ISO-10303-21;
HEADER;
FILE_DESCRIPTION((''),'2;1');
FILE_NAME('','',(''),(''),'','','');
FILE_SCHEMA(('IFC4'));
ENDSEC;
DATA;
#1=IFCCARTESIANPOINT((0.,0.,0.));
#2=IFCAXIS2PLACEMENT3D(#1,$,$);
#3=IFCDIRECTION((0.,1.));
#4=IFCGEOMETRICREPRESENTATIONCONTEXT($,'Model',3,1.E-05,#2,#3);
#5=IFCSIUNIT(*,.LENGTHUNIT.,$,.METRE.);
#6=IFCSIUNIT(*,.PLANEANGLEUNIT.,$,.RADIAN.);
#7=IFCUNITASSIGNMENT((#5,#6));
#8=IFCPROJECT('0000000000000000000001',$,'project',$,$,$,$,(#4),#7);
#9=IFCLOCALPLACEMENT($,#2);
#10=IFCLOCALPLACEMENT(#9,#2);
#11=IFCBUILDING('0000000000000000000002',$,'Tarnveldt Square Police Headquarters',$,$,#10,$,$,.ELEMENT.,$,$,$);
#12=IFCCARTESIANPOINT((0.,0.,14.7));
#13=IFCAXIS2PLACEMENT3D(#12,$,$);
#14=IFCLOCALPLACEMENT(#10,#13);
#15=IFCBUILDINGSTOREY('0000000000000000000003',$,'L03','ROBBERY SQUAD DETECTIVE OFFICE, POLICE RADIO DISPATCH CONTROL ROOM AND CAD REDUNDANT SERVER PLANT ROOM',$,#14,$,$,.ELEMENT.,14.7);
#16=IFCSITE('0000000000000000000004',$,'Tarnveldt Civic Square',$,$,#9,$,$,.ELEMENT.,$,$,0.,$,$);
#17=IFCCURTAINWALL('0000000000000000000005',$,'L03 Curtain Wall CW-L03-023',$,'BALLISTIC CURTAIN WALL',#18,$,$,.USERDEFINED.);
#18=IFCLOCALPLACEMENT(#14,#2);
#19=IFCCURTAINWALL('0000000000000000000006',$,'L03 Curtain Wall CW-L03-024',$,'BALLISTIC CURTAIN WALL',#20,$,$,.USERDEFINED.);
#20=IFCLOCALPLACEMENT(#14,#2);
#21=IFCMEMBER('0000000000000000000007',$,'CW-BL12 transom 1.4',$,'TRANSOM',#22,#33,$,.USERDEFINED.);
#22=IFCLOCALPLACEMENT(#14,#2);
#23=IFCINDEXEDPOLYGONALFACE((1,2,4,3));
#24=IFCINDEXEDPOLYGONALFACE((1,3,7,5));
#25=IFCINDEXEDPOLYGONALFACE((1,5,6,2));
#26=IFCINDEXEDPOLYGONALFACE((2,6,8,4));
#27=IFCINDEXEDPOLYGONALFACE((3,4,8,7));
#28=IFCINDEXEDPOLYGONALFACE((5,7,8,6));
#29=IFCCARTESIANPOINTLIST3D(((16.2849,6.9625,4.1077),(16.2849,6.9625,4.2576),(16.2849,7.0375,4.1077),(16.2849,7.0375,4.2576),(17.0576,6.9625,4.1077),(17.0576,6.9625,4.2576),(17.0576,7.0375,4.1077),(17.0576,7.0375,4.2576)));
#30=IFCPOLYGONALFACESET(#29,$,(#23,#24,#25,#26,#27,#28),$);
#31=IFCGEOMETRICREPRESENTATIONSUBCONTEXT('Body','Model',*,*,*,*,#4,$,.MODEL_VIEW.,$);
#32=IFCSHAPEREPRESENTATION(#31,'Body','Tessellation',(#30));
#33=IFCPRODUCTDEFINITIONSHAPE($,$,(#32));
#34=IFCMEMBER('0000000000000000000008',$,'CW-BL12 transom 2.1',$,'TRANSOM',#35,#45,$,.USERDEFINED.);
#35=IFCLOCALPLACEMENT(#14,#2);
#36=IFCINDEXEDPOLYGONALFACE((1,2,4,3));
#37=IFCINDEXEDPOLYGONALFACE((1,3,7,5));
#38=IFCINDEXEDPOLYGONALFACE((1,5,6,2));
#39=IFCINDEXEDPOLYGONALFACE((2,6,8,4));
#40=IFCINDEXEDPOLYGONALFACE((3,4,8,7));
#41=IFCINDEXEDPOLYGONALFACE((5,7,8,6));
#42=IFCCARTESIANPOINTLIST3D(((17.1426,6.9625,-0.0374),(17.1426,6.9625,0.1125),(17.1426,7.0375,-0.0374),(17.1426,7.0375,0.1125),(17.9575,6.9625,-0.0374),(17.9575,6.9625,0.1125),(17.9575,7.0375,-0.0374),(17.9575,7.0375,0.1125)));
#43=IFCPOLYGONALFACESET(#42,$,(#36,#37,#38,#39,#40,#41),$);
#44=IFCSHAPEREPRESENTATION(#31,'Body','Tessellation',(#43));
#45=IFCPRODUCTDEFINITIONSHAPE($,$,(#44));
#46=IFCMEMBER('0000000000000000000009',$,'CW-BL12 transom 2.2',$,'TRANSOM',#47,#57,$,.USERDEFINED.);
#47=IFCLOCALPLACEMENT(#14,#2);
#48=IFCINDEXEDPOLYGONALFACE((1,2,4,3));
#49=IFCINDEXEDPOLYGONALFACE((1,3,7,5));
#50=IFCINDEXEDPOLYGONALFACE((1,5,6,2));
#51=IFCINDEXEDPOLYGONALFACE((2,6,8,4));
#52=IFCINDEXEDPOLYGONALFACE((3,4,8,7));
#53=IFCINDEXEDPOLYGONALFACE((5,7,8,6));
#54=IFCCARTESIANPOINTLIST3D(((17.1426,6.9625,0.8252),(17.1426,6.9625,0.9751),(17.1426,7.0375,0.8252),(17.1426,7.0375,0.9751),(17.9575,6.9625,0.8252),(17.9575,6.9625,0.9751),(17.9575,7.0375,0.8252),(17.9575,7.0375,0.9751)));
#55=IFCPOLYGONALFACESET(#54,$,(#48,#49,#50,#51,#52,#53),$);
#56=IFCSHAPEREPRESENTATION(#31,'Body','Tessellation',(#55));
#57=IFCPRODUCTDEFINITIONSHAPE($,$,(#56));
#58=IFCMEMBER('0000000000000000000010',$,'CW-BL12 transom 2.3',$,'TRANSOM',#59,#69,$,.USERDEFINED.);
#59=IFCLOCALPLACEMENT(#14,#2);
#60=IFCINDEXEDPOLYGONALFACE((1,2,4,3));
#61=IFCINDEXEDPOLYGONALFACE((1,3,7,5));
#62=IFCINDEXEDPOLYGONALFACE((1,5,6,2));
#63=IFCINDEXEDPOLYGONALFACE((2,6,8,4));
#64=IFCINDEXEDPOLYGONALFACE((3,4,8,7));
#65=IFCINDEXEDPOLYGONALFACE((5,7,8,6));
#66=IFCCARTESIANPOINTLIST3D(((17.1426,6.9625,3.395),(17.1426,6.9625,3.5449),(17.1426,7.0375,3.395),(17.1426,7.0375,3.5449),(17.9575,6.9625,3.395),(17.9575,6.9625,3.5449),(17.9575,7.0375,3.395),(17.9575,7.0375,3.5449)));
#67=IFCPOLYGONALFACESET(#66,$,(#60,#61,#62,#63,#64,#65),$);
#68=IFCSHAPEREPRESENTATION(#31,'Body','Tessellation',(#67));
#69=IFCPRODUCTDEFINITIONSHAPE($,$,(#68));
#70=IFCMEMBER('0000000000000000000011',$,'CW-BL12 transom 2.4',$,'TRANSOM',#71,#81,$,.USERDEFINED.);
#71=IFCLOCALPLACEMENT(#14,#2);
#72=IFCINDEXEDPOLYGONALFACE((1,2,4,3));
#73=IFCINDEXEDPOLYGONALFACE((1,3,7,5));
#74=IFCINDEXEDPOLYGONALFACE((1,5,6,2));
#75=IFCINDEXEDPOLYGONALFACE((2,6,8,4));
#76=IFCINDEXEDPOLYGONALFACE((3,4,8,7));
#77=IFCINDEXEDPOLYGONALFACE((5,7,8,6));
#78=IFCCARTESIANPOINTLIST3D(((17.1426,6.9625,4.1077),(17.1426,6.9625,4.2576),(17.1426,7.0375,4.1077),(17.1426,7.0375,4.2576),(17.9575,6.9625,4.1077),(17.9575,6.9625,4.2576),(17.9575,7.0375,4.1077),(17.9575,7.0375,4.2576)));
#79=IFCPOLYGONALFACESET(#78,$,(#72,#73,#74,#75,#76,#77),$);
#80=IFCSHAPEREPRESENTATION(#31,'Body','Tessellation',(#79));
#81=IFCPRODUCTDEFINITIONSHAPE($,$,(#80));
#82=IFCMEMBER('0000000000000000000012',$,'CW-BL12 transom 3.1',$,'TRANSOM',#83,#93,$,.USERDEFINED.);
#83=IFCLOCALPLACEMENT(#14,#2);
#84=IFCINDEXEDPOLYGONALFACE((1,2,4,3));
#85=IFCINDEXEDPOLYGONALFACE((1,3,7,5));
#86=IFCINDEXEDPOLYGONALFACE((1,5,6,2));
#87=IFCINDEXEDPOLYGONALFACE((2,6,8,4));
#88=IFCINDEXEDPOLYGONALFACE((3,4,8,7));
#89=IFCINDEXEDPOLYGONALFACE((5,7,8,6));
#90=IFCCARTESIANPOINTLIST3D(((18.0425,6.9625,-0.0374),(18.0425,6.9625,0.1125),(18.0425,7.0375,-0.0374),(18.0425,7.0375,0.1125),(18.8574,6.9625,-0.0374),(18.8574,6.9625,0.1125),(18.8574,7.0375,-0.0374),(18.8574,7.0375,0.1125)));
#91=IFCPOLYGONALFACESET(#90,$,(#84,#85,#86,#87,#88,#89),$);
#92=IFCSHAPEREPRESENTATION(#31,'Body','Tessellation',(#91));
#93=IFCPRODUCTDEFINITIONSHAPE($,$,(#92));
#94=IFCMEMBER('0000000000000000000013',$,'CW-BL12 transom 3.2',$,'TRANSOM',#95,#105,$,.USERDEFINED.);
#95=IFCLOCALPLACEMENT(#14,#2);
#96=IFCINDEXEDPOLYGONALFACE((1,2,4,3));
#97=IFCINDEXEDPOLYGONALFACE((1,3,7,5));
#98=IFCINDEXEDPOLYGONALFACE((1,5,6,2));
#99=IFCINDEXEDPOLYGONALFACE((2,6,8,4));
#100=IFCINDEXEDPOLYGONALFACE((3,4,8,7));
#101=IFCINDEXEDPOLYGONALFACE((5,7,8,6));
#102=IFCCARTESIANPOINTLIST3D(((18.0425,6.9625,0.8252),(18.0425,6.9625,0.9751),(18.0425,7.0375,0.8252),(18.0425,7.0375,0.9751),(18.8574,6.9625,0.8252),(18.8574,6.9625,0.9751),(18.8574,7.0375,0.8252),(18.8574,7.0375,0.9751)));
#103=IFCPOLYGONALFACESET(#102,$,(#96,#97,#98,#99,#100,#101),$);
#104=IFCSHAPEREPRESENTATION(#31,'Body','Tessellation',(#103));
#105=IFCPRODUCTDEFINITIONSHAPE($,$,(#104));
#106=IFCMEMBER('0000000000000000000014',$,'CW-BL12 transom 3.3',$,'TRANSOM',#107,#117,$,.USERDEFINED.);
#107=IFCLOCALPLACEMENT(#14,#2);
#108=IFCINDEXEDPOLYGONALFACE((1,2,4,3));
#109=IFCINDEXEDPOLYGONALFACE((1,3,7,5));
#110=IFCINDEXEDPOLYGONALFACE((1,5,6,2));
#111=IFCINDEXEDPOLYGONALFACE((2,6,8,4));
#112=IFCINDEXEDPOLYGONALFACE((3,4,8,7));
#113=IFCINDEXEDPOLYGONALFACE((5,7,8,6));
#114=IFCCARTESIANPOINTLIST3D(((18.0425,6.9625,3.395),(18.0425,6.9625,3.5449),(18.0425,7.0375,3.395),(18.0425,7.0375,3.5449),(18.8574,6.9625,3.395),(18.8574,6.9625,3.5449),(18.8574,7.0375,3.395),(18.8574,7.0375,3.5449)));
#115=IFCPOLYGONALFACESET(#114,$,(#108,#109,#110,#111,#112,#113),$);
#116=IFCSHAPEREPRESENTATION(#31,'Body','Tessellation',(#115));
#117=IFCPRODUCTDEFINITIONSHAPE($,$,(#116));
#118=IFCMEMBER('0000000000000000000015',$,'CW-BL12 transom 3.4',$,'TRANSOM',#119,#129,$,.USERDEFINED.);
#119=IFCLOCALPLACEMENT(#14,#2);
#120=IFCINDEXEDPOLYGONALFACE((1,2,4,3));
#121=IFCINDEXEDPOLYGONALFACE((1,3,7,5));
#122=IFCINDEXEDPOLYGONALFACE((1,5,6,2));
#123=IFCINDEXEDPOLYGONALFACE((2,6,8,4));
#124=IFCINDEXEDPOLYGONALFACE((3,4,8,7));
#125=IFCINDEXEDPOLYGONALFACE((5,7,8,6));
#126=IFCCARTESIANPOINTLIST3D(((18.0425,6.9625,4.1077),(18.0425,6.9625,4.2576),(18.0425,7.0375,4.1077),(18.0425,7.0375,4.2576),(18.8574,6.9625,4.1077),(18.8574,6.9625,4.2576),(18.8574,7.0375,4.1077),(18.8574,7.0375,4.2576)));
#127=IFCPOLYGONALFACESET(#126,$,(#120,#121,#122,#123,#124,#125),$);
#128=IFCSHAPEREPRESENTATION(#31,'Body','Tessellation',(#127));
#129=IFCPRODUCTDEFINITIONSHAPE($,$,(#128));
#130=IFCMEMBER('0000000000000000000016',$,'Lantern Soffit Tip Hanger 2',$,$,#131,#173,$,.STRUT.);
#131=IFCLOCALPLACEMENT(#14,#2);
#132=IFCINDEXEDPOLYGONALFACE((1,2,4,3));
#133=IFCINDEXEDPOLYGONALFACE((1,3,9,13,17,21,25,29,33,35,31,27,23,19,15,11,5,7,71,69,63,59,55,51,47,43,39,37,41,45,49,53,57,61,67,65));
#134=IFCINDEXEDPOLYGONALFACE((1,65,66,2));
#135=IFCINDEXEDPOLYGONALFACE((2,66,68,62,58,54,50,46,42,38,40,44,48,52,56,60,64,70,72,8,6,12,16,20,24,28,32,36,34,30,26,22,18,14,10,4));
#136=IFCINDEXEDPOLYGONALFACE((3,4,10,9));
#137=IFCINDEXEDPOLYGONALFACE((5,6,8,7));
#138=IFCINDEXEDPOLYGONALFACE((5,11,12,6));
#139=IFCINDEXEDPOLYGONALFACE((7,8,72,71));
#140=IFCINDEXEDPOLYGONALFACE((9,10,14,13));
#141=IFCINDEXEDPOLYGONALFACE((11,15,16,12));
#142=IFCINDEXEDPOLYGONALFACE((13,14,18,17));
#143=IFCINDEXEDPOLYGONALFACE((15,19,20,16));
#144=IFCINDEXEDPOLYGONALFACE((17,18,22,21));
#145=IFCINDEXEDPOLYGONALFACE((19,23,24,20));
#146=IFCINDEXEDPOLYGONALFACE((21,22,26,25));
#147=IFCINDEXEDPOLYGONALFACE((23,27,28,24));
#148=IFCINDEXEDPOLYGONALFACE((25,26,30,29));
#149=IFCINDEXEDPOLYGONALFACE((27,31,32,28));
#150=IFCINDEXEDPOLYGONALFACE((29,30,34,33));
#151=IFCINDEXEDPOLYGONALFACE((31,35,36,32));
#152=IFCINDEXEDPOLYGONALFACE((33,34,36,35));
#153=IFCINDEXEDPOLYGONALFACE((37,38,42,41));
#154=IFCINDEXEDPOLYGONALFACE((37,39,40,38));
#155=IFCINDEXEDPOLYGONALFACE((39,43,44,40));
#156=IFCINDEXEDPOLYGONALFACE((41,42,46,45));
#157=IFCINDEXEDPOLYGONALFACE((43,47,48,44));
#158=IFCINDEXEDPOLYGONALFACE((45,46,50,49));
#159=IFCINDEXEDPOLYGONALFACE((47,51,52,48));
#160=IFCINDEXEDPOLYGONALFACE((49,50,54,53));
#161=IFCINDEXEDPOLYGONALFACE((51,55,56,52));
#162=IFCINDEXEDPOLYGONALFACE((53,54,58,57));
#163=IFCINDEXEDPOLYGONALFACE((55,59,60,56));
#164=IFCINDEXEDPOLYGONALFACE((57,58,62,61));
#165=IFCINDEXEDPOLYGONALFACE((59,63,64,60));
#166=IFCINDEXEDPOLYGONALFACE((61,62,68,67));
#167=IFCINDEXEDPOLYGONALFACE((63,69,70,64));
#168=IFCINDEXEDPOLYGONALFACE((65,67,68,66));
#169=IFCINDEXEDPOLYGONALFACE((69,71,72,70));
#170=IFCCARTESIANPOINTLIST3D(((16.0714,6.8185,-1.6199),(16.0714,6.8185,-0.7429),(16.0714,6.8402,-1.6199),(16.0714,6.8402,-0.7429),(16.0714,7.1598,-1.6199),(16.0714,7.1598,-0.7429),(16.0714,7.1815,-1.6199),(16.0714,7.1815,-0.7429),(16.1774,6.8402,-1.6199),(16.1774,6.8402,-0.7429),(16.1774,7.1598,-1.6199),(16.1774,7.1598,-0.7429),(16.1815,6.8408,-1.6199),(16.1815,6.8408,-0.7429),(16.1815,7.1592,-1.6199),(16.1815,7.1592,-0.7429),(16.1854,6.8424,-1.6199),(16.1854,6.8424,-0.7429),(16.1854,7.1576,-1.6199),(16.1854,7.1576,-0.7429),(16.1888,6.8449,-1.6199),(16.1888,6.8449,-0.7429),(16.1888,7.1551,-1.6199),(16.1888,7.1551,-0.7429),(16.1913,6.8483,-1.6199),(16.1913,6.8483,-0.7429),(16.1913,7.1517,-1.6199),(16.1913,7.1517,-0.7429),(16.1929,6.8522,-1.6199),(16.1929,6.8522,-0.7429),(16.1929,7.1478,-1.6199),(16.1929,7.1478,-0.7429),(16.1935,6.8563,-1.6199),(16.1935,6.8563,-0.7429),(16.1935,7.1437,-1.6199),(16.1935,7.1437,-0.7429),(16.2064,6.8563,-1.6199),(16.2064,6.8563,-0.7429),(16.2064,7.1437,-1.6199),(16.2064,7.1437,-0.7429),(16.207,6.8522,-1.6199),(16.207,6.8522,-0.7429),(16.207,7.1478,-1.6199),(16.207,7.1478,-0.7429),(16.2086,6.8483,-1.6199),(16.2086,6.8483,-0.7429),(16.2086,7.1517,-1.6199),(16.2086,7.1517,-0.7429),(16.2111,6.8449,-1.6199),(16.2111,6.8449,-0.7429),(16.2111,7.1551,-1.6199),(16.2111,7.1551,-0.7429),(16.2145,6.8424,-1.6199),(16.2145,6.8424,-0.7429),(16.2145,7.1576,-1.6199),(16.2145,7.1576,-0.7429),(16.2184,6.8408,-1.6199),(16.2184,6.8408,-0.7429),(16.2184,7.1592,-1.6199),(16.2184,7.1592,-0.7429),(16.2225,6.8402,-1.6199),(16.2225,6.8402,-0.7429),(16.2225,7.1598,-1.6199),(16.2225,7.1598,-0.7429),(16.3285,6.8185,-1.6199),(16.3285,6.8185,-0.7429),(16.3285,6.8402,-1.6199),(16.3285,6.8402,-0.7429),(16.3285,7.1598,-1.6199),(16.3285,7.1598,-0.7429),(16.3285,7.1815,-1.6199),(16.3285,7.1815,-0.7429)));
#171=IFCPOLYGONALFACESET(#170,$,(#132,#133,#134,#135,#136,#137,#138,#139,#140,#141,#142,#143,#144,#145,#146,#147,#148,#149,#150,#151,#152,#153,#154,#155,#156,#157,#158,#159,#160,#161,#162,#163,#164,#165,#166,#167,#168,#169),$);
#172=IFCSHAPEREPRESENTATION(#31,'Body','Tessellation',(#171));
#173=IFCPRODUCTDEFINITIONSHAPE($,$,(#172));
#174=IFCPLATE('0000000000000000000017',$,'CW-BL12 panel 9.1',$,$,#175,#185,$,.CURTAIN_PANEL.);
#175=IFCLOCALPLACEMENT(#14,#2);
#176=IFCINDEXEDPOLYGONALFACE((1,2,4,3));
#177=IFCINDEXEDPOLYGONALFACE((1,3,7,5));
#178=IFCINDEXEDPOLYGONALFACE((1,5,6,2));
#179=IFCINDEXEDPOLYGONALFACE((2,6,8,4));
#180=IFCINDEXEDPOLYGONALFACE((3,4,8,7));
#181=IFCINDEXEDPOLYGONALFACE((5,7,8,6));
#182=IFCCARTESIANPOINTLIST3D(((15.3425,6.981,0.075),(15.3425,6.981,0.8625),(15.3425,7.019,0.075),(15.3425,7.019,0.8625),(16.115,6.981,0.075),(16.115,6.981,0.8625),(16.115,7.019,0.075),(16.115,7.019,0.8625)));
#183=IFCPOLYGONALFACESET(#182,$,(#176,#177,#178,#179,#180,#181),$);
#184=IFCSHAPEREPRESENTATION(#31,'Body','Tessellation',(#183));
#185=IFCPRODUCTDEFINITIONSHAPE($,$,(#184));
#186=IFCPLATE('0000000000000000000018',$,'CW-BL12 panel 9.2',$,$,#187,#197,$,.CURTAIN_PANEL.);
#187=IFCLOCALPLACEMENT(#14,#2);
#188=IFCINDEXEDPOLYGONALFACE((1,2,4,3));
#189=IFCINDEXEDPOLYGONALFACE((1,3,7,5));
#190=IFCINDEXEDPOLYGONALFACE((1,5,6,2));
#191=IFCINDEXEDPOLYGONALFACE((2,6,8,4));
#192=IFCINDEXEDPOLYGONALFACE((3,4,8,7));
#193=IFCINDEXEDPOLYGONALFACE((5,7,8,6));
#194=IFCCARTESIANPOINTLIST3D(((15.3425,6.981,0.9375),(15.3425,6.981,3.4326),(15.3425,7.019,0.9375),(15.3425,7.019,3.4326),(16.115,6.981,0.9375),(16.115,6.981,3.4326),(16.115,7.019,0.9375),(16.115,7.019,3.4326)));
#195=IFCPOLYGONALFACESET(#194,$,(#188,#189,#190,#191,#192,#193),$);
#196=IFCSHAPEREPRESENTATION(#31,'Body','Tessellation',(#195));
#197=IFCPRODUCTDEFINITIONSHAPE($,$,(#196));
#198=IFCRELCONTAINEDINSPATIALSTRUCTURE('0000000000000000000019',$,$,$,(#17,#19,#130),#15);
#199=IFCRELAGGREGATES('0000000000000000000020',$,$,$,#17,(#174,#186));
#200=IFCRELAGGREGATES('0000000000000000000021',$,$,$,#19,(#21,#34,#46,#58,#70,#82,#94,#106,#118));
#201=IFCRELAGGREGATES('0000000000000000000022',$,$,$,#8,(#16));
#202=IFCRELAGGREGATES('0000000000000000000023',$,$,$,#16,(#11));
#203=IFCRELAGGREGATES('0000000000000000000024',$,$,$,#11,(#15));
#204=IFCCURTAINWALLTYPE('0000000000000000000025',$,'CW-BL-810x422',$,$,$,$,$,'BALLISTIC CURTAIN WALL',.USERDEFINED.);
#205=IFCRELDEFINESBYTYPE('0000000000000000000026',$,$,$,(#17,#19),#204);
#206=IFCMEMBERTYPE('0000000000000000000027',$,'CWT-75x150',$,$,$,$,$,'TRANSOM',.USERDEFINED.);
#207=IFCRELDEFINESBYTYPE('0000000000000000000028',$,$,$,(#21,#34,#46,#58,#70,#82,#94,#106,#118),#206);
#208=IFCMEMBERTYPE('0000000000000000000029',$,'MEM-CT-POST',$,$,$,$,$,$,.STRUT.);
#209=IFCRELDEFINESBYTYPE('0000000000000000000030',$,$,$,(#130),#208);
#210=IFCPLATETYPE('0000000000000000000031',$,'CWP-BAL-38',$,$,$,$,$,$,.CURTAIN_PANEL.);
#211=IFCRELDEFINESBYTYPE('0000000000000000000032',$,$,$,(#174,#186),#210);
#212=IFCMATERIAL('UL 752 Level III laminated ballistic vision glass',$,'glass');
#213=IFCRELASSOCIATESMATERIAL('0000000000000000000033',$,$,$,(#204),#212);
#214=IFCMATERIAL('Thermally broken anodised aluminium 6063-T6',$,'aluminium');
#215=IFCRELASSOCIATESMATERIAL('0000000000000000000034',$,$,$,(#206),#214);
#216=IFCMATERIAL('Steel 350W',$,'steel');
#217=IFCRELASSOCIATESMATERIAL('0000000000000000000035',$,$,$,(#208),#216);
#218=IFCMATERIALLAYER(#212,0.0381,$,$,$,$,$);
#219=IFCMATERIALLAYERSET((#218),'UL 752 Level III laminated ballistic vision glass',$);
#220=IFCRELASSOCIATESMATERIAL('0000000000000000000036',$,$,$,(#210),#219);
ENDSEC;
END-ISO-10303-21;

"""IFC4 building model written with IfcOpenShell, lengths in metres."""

from ifc_helpers import new_model, si_unit, direction, frame, origin, origin_2d, place, context, subcontext, project, spatial, rectangle, i_section, extrude, material, layer, layer_set, material_profile, profile_set, type_object, element, aggregate, save


model = new_model("IFC4")

# Units and contexts
model_context = context("Model", 3, precision=1e-05, world=origin(), true_north=direction((0.0, 1.0)))
body_context = subcontext(model_context, "Body", "Model", "MODEL_VIEW")
ifc_project = project(units=[si_unit("LENGTHUNIT", "METRE"), si_unit("PLANEANGLEUNIT", "RADIAN")], contexts=[model_context])

# Site, building, storey
site_placement = place(None, origin())
site = spatial("IfcSite", under=ifc_project, at=site_placement, Name="Tarnveldt Civic Square", CompositionType="ELEMENT", RefElevation=0.0)
building_placement = place(site_placement, origin())
building = spatial("IfcBuilding", under=site, at=building_placement, Name="Tarnveldt Square Police Headquarters", CompositionType="ELEMENT")
storey_placement = place(building_placement, frame((0.0, 0.0, 14.7)))
storey = spatial("IfcBuildingStorey", under=building, at=storey_placement, Name="L03", Description="ROBBERY SQUAD DETECTIVE OFFICE, POLICE RADIO DISPATCH CONTROL ROOM AND CAD REDUNDANT SERVER PLANT ROOM", CompositionType="ELEMENT", Elevation=14.7)

# Shared definitions
ifc_material_1 = material(Name="Steel 350W", Category="steel")

# Curtain wall
ifc_material_2 = material(Name="UL 752 Level III laminated ballistic vision glass", Category="glass")
curtain_wall_type = type_object("IfcCurtainWallType", Name="CW-BL-810x422", ElementType="BALLISTIC CURTAIN WALL", PredefinedType="USERDEFINED", material=ifc_material_2)
curtain_wall_1_placement = place(storey_placement, origin())
curtain_wall_1 = element("IfcCurtainWall", 1, at=curtain_wall_1_placement, inside=storey, type_object=curtain_wall_type, Name="L03 Curtain Wall CW-L03-023", ObjectType="BALLISTIC CURTAIN WALL", PredefinedType="USERDEFINED")
ifc_material_3 = material(Name="Thermally broken anodised aluminium 6063-T6", Category="aluminium")

# Curtain wall, members
curtain_wall_2_placement = place(storey_placement, origin())
curtain_wall_2 = element("IfcCurtainWall", 2, at=curtain_wall_2_placement, inside=storey, type_object=curtain_wall_type, Name="L03 Curtain Wall CW-L03-024", ObjectType="BALLISTIC CURTAIN WALL", PredefinedType="USERDEFINED")
ifc_material_profile_1 = material_profile(ifc_material_3, rectangle(XDim=0.075, YDim=0.1499, at=origin_2d()), Name="CW-T75x150")
ifc_profile_set_1 = profile_set([ifc_material_profile_1], Name="Thermally broken anodised aluminium 6063-T6")
member_type_1 = type_object("IfcMemberType", Name="CWT-75x150", ElementType="TRANSOM", PredefinedType="USERDEFINED", material=ifc_profile_set_1)
member_1_placement = place(storey_placement, frame((16.2849, 7.0, 4.1826), z_axis=(1.0, 0.0, 0.0), x_axis=(0.0, 1.0, 0.0)))
member_1 = element("IfcMember", 3, at=member_1_placement, type_object=member_type_1, Name="CW-BL12 transom 1.4", ObjectType="TRANSOM", PredefinedType="USERDEFINED", context=body_context, shape_type="SweptSolid", body=[
    extrude(rectangle(XDim=0.075, YDim=0.1499, at=origin_2d()), origin(), (0.0, 0.0, 1.0), 0.7727),
])
member_2_placement = place(storey_placement, frame((17.1426, 7.0, 0.0376), z_axis=(1.0, 0.0, 0.0), x_axis=(0.0, 1.0, 0.0)))
member_2 = element("IfcMember", 4, at=member_2_placement, type_object=member_type_1, Name="CW-BL12 transom 2.1", ObjectType="TRANSOM", PredefinedType="USERDEFINED", context=body_context, shape_type="SweptSolid", body=[
    extrude(rectangle(XDim=0.075, YDim=0.1499, at=origin_2d()), origin(), (0.0, 0.0, 1.0), 0.8149),
])
member_3_placement = place(storey_placement, frame((17.1426, 7.0, 0.9001), z_axis=(1.0, 0.0, 0.0), x_axis=(0.0, 1.0, 0.0)))
member_3 = element("IfcMember", 5, at=member_3_placement, type_object=member_type_1, Name="CW-BL12 transom 2.2", ObjectType="TRANSOM", PredefinedType="USERDEFINED", context=body_context, shape_type="SweptSolid", body=[
    extrude(rectangle(XDim=0.075, YDim=0.1499, at=origin_2d()), origin(), (0.0, 0.0, 1.0), 0.8149),
])
member_4_placement = place(storey_placement, frame((17.1426, 7.0, 3.47), z_axis=(1.0, 0.0, 0.0), x_axis=(0.0, 1.0, 0.0)))
member_4 = element("IfcMember", 6, at=member_4_placement, type_object=member_type_1, Name="CW-BL12 transom 2.3", ObjectType="TRANSOM", PredefinedType="USERDEFINED", context=body_context, shape_type="SweptSolid", body=[
    extrude(rectangle(XDim=0.075, YDim=0.1499, at=origin_2d()), origin(), (0.0, 0.0, 1.0), 0.8149),
])
member_5_placement = place(storey_placement, frame((17.1426, 7.0, 4.1826), z_axis=(1.0, 0.0, 0.0), x_axis=(0.0, 1.0, 0.0)))
member_5 = element("IfcMember", 7, at=member_5_placement, type_object=member_type_1, Name="CW-BL12 transom 2.4", ObjectType="TRANSOM", PredefinedType="USERDEFINED", context=body_context, shape_type="SweptSolid", body=[
    extrude(rectangle(XDim=0.075, YDim=0.1499, at=origin_2d()), origin(), (0.0, 0.0, 1.0), 0.8149),
])
member_6_placement = place(storey_placement, frame((18.0425, 7.0, 0.0376), z_axis=(1.0, 0.0, 0.0), x_axis=(0.0, 1.0, 0.0)))
member_6 = element("IfcMember", 8, at=member_6_placement, type_object=member_type_1, Name="CW-BL12 transom 3.1", ObjectType="TRANSOM", PredefinedType="USERDEFINED", context=body_context, shape_type="SweptSolid", body=[
    extrude(rectangle(XDim=0.075, YDim=0.1499, at=origin_2d()), origin(), (0.0, 0.0, 1.0), 0.8149),
])
member_7_placement = place(storey_placement, frame((18.0425, 7.0, 0.9001), z_axis=(1.0, 0.0, 0.0), x_axis=(0.0, 1.0, 0.0)))
member_7 = element("IfcMember", 9, at=member_7_placement, type_object=member_type_1, Name="CW-BL12 transom 3.2", ObjectType="TRANSOM", PredefinedType="USERDEFINED", context=body_context, shape_type="SweptSolid", body=[
    extrude(rectangle(XDim=0.075, YDim=0.1499, at=origin_2d()), origin(), (0.0, 0.0, 1.0), 0.8149),
])
member_8_placement = place(storey_placement, frame((18.0425, 7.0, 3.47), z_axis=(1.0, 0.0, 0.0), x_axis=(0.0, 1.0, 0.0)))
member_8 = element("IfcMember", 10, at=member_8_placement, type_object=member_type_1, Name="CW-BL12 transom 3.3", ObjectType="TRANSOM", PredefinedType="USERDEFINED", context=body_context, shape_type="SweptSolid", body=[
    extrude(rectangle(XDim=0.075, YDim=0.1499, at=origin_2d()), origin(), (0.0, 0.0, 1.0), 0.8149),
])
member_9_placement = place(storey_placement, frame((18.0425, 7.0, 4.1826), z_axis=(1.0, 0.0, 0.0), x_axis=(0.0, 1.0, 0.0)))
member_9 = element("IfcMember", 11, at=member_9_placement, type_object=member_type_1, Name="CW-BL12 transom 3.4", ObjectType="TRANSOM", PredefinedType="USERDEFINED", context=body_context, shape_type="SweptSolid", body=[
    extrude(rectangle(XDim=0.075, YDim=0.1499, at=origin_2d()), origin(), (0.0, 0.0, 1.0), 0.8149),
])

# Member
ifc_material_profile_2 = material_profile(ifc_material_1, i_section(OverallWidth=0.2571, OverallDepth=0.363, WebThickness=0.0129, FlangeThickness=0.0217, FilletRadius=0.0161, at=origin_2d()), Name="W360x122")
ifc_profile_set_2 = profile_set([ifc_material_profile_2], Name="Steel 350W")
member_type_2 = type_object("IfcMemberType", Name="MEM-CT-POST", PredefinedType="STRUT", material=ifc_profile_set_2)
member_10_placement = place(storey_placement, frame((16.2, 7.0, -1.6199), z_axis=(0.0, 0.0, 1.0), x_axis=(1.0, 0.0, 0.0)))
element("IfcMember", 12, at=member_10_placement, inside=storey, type_object=member_type_2, Name="Lantern Soffit Tip Hanger 2", PredefinedType="STRUT", context=body_context, shape_type="SweptSolid", body=[
    extrude(i_section(OverallWidth=0.2571, OverallDepth=0.363, WebThickness=0.0129, FlangeThickness=0.0217, FilletRadius=0.0161, at=origin_2d()), origin(), (0.0, 0.0, 1.0), 0.877),
])

# Plates
ifc_layer = layer(ifc_material_2, 0.0381)
ifc_layer_set = layer_set([ifc_layer], Name="UL 752 Level III laminated ballistic vision glass")
plate_type = type_object("IfcPlateType", Name="CWP-BAL-38", PredefinedType="CURTAIN_PANEL", material=ifc_layer_set)
plate_1_placement = place(storey_placement, frame((15.7288, 7.0, 0.075), z_axis=(0.0, 0.0, 1.0), x_axis=(1.0, 0.0, 0.0)))
plate_1 = element("IfcPlate", 13, at=plate_1_placement, type_object=plate_type, Name="CW-BL12 panel 9.1", PredefinedType="CURTAIN_PANEL", context=body_context, shape_type="SweptSolid", body=[
    extrude(rectangle(XDim=0.7725, YDim=0.0381, at=origin_2d()), origin(), (0.0, 0.0, 1.0), 0.7876),
])
plate_2_placement = place(storey_placement, frame((15.7288, 7.0, 0.9375), z_axis=(0.0, 0.0, 1.0), x_axis=(1.0, 0.0, 0.0)))
plate_2 = element("IfcPlate", 14, at=plate_2_placement, type_object=plate_type, Name="CW-BL12 panel 9.2", PredefinedType="CURTAIN_PANEL", context=body_context, shape_type="SweptSolid", body=[
    extrude(rectangle(XDim=0.7725, YDim=0.0381, at=origin_2d()), origin(), (0.0, 0.0, 1.0), 2.4951),
])
aggregate(curtain_wall_1, [plate_1, plate_2])
aggregate(curtain_wall_2, [member_1, member_2, member_3, member_4, member_5, member_6, member_7, member_8, member_9])

save(model, "model.ifc")
